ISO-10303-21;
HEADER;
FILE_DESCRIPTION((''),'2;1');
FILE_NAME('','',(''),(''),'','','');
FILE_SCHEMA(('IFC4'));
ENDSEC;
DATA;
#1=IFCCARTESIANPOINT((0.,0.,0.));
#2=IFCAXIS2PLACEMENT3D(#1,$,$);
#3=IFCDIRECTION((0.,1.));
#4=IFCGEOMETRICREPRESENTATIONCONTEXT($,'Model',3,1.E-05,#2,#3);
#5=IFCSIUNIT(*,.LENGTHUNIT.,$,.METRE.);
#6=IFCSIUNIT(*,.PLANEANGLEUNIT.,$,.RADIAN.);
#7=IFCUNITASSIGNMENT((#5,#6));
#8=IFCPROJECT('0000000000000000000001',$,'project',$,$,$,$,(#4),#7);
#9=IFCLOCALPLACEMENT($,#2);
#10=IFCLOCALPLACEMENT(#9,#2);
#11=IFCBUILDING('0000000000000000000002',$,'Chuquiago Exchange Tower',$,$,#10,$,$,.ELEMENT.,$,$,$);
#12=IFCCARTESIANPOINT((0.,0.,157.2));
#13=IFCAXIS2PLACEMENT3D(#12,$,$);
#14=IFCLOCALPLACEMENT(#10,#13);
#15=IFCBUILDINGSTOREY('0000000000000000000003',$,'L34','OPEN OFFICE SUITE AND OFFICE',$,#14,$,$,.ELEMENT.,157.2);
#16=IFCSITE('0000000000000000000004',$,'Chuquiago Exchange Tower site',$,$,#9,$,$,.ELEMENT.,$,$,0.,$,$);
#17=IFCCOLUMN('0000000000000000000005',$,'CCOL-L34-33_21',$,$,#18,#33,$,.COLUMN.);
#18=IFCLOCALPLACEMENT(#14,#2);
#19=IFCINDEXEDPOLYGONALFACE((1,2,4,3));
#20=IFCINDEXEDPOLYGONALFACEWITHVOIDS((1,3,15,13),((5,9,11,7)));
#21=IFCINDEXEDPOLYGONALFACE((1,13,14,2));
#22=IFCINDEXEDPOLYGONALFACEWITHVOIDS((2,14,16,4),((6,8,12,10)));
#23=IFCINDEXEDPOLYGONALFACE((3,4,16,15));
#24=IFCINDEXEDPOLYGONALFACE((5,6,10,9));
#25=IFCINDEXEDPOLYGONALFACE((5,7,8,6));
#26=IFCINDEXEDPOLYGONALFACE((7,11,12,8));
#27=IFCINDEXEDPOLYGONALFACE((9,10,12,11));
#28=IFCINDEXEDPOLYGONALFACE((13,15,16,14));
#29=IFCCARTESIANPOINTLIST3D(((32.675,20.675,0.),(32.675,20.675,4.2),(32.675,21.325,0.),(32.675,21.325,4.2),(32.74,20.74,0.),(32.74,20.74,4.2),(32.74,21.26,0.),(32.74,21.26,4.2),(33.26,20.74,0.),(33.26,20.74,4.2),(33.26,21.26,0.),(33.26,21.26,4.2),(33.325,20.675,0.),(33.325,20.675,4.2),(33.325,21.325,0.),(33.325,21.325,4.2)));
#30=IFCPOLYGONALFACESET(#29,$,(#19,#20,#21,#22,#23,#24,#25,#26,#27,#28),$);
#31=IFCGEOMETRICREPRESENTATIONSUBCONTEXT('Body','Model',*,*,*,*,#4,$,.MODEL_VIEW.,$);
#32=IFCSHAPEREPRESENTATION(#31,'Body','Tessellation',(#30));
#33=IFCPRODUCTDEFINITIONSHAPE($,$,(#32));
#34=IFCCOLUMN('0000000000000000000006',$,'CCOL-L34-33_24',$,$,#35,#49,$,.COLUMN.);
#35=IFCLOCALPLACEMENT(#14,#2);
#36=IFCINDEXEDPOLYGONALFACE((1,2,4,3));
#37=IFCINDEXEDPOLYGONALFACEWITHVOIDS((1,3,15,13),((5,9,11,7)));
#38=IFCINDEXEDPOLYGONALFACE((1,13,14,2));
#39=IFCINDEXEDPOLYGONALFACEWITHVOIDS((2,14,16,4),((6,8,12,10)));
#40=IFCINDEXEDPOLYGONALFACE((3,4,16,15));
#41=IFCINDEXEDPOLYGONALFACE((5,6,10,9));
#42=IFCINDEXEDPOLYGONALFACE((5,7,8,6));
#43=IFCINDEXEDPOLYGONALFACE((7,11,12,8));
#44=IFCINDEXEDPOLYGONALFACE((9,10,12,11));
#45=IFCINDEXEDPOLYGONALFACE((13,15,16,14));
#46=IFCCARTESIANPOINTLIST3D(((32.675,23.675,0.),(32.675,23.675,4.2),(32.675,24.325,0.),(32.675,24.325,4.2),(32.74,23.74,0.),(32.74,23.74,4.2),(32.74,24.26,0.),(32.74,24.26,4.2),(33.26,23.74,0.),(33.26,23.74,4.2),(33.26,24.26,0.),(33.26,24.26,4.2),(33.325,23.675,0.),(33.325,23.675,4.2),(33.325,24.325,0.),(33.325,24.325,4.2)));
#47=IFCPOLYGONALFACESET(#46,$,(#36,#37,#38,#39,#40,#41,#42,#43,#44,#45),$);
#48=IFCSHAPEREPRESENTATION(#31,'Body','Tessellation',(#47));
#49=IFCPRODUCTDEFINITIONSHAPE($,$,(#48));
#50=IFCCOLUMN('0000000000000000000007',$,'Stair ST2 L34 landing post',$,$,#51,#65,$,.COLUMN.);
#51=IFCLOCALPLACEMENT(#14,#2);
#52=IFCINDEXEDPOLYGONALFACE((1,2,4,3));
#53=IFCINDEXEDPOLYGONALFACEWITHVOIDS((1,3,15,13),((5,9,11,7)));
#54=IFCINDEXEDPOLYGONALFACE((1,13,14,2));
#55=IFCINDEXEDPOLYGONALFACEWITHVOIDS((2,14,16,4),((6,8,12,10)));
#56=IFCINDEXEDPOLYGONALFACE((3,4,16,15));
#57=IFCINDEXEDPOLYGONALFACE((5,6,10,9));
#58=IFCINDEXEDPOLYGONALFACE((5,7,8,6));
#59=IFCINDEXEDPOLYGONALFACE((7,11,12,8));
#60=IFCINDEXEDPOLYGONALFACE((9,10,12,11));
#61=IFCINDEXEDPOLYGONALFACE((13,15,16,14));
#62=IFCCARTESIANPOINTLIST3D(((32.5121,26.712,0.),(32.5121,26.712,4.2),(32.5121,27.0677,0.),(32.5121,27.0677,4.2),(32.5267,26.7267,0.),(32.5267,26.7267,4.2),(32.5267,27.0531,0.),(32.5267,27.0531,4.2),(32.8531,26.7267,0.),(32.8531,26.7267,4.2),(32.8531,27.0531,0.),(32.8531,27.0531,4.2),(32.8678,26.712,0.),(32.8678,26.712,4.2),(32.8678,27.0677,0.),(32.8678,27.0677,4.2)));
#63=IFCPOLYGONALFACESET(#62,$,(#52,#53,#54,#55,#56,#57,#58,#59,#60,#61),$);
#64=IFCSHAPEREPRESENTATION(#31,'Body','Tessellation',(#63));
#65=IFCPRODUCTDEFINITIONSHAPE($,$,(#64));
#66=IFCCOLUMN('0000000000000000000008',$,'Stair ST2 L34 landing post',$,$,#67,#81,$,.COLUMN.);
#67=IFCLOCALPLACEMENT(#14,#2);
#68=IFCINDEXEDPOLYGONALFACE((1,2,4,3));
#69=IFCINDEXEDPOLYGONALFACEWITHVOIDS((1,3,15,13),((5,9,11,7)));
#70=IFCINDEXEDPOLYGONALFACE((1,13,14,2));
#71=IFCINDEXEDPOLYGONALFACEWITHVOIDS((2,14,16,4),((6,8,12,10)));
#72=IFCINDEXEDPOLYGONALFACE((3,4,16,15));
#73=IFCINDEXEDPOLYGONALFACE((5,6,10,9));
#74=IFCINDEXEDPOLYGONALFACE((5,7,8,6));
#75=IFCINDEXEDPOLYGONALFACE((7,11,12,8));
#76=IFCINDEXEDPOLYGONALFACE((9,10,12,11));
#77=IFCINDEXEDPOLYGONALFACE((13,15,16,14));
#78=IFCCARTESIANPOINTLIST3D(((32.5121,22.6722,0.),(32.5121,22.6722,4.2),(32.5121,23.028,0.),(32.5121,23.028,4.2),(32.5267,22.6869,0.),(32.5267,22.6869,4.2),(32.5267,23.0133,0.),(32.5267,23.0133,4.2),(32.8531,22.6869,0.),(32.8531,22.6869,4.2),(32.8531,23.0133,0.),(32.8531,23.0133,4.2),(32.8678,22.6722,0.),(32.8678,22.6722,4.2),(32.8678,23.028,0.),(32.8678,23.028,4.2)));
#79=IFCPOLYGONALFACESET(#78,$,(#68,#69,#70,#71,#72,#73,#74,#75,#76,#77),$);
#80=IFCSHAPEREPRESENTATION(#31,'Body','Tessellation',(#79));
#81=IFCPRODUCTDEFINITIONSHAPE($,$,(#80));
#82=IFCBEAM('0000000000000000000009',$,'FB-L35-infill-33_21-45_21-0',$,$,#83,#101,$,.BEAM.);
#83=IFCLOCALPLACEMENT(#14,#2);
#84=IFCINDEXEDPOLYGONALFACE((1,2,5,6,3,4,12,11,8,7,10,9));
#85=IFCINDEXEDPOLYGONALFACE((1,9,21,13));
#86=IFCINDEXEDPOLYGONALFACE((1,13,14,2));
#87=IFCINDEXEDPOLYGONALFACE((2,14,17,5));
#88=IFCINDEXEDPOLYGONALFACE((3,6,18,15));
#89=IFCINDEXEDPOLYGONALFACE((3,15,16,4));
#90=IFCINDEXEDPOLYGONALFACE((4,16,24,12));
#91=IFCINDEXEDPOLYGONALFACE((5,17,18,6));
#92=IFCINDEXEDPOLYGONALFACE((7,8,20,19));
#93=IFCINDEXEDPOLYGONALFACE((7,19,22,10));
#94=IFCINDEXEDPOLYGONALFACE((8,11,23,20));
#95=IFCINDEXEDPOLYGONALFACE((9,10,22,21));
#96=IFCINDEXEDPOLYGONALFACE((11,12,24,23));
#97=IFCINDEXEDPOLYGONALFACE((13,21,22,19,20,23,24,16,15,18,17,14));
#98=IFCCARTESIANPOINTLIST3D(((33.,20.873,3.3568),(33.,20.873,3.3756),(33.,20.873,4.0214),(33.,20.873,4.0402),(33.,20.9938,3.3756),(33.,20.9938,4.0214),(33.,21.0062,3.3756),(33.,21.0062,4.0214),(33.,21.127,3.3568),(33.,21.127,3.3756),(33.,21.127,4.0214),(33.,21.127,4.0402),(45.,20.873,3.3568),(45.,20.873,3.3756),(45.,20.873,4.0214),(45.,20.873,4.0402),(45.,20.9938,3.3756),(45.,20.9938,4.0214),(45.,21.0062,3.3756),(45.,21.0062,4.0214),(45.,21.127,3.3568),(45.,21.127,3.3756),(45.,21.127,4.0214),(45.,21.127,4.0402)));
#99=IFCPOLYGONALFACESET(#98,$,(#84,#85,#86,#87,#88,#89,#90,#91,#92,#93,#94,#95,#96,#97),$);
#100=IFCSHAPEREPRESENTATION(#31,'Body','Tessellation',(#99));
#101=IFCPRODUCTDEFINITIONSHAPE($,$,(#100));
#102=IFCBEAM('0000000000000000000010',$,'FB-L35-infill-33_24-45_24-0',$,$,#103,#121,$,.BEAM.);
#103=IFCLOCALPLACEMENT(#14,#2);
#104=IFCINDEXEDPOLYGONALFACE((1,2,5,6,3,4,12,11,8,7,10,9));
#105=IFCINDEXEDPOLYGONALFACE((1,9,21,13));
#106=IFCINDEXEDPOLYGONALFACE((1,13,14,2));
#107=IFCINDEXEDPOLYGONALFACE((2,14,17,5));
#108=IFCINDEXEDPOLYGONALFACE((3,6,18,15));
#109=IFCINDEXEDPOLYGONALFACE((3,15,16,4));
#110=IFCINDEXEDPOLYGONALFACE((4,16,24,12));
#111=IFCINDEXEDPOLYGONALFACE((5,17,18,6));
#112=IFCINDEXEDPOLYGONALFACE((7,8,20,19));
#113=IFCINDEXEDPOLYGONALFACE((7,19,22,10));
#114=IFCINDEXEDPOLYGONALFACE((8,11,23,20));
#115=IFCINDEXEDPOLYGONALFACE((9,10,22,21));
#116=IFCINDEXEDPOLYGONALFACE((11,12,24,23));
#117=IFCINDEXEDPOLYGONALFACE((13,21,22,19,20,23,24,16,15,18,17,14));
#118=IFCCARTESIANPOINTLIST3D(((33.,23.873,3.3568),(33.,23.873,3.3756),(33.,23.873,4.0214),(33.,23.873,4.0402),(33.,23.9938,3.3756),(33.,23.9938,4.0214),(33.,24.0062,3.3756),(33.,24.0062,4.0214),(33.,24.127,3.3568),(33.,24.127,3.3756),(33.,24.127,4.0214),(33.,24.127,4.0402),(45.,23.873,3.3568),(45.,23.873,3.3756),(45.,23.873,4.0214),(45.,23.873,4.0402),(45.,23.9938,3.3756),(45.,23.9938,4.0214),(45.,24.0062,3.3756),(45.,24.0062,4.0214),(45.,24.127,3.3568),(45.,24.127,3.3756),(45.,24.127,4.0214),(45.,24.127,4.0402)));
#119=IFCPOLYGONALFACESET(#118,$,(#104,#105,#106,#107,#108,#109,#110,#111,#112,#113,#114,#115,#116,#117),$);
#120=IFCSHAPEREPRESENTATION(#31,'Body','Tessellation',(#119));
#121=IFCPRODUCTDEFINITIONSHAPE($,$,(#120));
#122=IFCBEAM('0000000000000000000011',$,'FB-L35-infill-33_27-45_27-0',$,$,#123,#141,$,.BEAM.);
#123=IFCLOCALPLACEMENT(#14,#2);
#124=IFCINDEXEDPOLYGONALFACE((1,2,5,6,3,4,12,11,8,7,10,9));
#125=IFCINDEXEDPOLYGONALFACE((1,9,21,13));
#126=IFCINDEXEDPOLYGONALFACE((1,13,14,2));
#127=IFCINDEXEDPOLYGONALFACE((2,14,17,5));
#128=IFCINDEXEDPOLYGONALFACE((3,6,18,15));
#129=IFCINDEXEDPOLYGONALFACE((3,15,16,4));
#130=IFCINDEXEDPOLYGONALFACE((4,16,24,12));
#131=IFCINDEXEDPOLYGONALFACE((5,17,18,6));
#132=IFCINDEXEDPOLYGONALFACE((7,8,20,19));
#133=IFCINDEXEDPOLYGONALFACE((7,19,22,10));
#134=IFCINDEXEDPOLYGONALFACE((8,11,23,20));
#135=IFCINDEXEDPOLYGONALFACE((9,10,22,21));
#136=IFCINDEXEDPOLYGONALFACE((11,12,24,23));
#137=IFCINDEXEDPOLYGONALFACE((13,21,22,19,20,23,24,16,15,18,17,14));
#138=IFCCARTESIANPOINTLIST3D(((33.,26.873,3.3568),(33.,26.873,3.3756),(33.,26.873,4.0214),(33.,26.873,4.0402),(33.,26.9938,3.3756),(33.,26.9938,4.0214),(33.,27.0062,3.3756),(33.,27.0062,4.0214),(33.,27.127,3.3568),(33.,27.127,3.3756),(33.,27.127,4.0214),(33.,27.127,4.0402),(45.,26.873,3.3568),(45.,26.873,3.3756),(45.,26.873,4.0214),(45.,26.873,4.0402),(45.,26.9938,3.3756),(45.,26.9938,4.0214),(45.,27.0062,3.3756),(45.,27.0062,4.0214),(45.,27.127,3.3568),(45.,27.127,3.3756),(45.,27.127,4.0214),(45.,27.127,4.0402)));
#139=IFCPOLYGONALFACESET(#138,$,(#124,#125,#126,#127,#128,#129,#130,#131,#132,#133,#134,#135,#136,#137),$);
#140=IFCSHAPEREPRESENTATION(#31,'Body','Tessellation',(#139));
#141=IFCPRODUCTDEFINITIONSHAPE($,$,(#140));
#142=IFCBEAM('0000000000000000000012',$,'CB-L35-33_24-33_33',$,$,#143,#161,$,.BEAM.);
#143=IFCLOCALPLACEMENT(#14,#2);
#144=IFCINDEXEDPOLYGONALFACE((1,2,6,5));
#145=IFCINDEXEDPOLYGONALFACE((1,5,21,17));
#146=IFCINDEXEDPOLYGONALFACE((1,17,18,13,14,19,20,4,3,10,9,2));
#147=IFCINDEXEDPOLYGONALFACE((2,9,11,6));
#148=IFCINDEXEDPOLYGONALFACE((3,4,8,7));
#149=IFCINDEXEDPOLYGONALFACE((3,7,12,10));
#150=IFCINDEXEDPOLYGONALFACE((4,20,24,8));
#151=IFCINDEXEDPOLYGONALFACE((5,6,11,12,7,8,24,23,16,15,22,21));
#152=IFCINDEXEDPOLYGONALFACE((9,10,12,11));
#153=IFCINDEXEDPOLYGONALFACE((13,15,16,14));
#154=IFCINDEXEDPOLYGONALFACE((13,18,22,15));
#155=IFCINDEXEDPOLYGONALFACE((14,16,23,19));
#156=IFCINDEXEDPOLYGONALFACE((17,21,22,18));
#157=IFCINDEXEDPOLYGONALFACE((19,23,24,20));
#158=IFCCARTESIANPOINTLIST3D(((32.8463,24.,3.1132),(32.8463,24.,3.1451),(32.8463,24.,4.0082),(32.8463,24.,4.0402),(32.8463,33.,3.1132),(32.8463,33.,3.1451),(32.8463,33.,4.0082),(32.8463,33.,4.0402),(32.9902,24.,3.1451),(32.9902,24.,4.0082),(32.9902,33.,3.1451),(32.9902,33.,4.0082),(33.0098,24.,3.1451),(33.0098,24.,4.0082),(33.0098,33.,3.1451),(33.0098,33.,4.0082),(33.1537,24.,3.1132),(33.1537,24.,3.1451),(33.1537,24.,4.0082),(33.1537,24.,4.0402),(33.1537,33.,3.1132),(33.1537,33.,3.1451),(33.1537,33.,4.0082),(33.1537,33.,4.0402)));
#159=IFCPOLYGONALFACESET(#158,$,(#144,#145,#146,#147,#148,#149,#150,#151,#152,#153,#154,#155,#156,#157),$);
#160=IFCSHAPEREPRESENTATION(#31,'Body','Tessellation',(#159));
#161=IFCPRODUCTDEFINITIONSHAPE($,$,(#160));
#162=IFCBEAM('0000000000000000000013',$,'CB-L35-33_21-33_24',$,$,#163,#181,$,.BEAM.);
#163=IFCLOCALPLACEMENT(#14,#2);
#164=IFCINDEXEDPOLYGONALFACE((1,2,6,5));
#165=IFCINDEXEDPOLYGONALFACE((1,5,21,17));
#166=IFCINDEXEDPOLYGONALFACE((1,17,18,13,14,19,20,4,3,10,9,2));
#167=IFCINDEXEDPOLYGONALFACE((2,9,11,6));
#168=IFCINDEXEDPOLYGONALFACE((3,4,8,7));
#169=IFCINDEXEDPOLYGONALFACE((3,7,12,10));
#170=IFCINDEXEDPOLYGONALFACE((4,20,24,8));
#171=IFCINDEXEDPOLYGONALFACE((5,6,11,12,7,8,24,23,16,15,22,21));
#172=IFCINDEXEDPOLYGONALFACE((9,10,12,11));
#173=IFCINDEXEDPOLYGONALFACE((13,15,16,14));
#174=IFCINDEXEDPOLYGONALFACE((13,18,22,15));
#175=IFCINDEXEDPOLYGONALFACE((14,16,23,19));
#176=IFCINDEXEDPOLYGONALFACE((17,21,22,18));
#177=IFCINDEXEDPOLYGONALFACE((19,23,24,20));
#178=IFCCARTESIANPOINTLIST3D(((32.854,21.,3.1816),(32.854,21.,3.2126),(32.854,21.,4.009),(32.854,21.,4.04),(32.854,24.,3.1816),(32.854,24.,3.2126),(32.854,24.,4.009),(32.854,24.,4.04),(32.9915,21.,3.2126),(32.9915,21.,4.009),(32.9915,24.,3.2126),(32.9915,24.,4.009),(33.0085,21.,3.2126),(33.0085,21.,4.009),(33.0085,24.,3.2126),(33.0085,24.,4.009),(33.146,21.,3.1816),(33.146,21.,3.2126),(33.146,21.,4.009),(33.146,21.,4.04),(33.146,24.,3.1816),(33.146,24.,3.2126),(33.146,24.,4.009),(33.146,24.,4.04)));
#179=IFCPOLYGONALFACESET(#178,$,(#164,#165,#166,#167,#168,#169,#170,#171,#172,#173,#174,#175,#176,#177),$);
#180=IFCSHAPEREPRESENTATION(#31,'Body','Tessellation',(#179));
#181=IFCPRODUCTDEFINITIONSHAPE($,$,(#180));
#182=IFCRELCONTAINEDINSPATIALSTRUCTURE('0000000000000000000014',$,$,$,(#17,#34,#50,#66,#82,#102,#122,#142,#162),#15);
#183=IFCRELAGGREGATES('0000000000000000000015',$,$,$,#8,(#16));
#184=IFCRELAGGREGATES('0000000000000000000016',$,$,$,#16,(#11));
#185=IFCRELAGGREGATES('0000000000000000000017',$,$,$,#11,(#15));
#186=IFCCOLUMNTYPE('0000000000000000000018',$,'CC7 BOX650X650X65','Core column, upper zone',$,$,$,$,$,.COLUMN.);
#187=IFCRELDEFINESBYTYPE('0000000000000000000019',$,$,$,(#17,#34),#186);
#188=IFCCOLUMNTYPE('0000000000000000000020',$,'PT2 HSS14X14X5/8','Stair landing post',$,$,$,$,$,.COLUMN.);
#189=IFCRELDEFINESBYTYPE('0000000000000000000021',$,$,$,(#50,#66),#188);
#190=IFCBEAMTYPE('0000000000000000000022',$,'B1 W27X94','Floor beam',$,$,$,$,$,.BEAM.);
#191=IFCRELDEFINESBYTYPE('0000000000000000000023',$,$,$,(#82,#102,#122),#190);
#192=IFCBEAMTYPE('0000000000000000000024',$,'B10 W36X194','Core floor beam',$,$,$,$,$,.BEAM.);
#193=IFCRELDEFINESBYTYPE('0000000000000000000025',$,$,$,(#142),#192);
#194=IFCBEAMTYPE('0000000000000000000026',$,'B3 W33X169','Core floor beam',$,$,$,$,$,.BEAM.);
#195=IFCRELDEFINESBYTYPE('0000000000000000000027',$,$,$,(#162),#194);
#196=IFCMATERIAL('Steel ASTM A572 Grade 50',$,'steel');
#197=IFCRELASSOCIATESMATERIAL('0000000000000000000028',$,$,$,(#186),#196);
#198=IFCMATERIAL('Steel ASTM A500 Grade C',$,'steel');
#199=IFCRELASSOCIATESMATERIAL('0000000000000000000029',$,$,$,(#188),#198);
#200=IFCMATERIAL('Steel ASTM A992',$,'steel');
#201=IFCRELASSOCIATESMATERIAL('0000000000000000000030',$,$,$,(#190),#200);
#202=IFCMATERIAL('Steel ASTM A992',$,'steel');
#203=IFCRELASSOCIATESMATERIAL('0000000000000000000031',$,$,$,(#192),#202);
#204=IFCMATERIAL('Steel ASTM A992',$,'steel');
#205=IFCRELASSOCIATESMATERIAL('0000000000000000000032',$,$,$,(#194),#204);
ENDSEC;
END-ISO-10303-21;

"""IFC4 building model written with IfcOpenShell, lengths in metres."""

from ifc_helpers import new_model, si_unit, direction, frame, origin, origin_2d, place, context, subcontext, project, spatial, hollow_rectangle, i_section, extrude, material, material_profile, profile_set, type_object, element, save


model = new_model("IFC4")

# Units and contexts
model_context = context("Model", 3, precision=1e-05, world=origin(), true_north=direction((0.0, 1.0)))
body_context = subcontext(model_context, "Body", "Model", "MODEL_VIEW")
ifc_project = project(units=[si_unit("LENGTHUNIT", "METRE"), si_unit("PLANEANGLEUNIT", "RADIAN")], contexts=[model_context])

# Site, building, storey
site_placement = place(None, origin())
site = spatial("IfcSite", under=ifc_project, at=site_placement, Name="Chuquiago Exchange Tower site", CompositionType="ELEMENT", RefElevation=0.0)
building_placement = place(site_placement, origin())
building = spatial("IfcBuilding", under=site, at=building_placement, Name="Chuquiago Exchange Tower", CompositionType="ELEMENT")
storey_placement = place(building_placement, frame((0.0, 0.0, 157.2)))
storey = spatial("IfcBuildingStorey", under=building, at=storey_placement, Name="L34", Description="OPEN OFFICE SUITE AND OFFICE", CompositionType="ELEMENT", Elevation=157.2)

# Columns
ifc_material_1 = material(Name="Steel ASTM A572 Grade 50", Category="steel")
ifc_material_profile_1 = material_profile(ifc_material_1, hollow_rectangle(XDim=0.6499, YDim=0.6499, WallThickness=0.0649, at=origin_2d()), Name="BOX650X650X65")
ifc_profile_set_1 = profile_set([ifc_material_profile_1], Name="Steel ASTM A572 Grade 50")
column_type_1 = type_object("IfcColumnType", Name="CC7 BOX650X650X65", Description="Core column, upper zone", PredefinedType="COLUMN", material=ifc_profile_set_1)
for number, where, z_axis, x_axis, name in (
    (1, (33.0, 21.0, 0.0), (0.0, 0.0, 1.0), (1.0, 0.0, 0.0), "CCOL-L34-33_21"),
    (2, (33.0, 24.0, 0.0), (0.0, 0.0, 1.0), (1.0, 0.0, 0.0), "CCOL-L34-33_24"),
):
    element("IfcColumn", number, at=place(storey_placement, frame(where, z_axis=z_axis, x_axis=x_axis)), inside=storey, type_object=column_type_1, Name=name, PredefinedType="COLUMN", context=body_context, shape_type="SweptSolid", body=[
        extrude(hollow_rectangle(XDim=0.6499, YDim=0.6499, WallThickness=0.0649, at=origin_2d()), origin(), (0.0, 0.0, 1.0), 4.2),
    ])
ifc_material_2 = material(Name="Steel ASTM A500 Grade C", Category="steel")
ifc_material_profile_2 = material_profile(ifc_material_2, hollow_rectangle(XDim=0.3557, YDim=0.3557, WallThickness=0.0146, at=origin_2d()), Name="HSS14X14X5/8")
ifc_profile_set_2 = profile_set([ifc_material_profile_2], Name="Steel ASTM A500 Grade C")
column_type_2 = type_object("IfcColumnType", Name="PT2 HSS14X14X5/8", Description="Stair landing post", PredefinedType="COLUMN", material=ifc_profile_set_2)
for number, where, z_axis, x_axis, name in (
    (3, (32.6899, 26.8899, 0.0), (0.0, 0.0, 1.0), (1.0, 0.0, 0.0), "Stair ST2 L34 landing post"),
    (4, (32.6899, 22.8501, 0.0), (0.0, 0.0, 1.0), (1.0, 0.0, 0.0), "Stair ST2 L34 landing post"),
):
    element("IfcColumn", number, at=place(storey_placement, frame(where, z_axis=z_axis, x_axis=x_axis)), inside=storey, type_object=column_type_2, Name=name, PredefinedType="COLUMN", context=body_context, shape_type="SweptSolid", body=[
        extrude(hollow_rectangle(XDim=0.3557, YDim=0.3557, WallThickness=0.0146, at=origin_2d()), origin(), (0.0, 0.0, 1.0), 4.2),
    ])

# Beams
ifc_material_3 = material(Name="Steel ASTM A992", Category="steel")
ifc_material_profile_3 = material_profile(ifc_material_3, i_section(OverallWidth=0.2539, OverallDepth=0.6833, WebThickness=0.0125, FlangeThickness=0.0188, at=origin_2d()), Name="W27X94")
ifc_profile_set_3 = profile_set([ifc_material_profile_3], Name="Steel ASTM A992")
beam_type_1 = type_object("IfcBeamType", Name="B1 W27X94", Description="Floor beam", PredefinedType="BEAM", material=ifc_profile_set_3)
for number, where, z_axis, x_axis, name in (
    (5, (33.0, 21.0, 3.6985), (1.0, 0.0, 0.0), (0.0, 1.0, 0.0), "FB-L35-infill-33_21-45_21-0"),
    (6, (33.0, 24.0, 3.6985), (1.0, 0.0, 0.0), (0.0, 1.0, 0.0), "FB-L35-infill-33_24-45_24-0"),
    (7, (33.0, 27.0, 3.6985), (1.0, 0.0, 0.0), (0.0, 1.0, 0.0), "FB-L35-infill-33_27-45_27-0"),
):
    element("IfcBeam", number, at=place(storey_placement, frame(where, z_axis=z_axis, x_axis=x_axis)), inside=storey, type_object=beam_type_1, Name=name, PredefinedType="BEAM", context=body_context, shape_type="SweptSolid", body=[
        extrude(i_section(OverallWidth=0.2539, OverallDepth=0.6833, WebThickness=0.0125, FlangeThickness=0.0188, at=origin_2d()), origin(), (0.0, 0.0, 1.0), 12.0),
    ])
ifc_material_4 = material(Name="Steel ASTM A992", Category="steel")
ifc_material_profile_4 = material_profile(ifc_material_4, i_section(OverallWidth=0.3074, OverallDepth=0.927, WebThickness=0.0195, FlangeThickness=0.032, at=origin_2d()), Name="W36X194")
ifc_profile_set_4 = profile_set([ifc_material_profile_4], Name="Steel ASTM A992")
beam_type_2 = type_object("IfcBeamType", Name="B10 W36X194", Description="Core floor beam", PredefinedType="BEAM", material=ifc_profile_set_4)
beam_1_placement = place(storey_placement, frame((33.0, 24.0, 3.5767), z_axis=(0.0, 1.0, 0.0), x_axis=(-1.0, 0.0, 0.0)))
element("IfcBeam", 8, at=beam_1_placement, inside=storey, type_object=beam_type_2, Name="CB-L35-33_24-33_33", PredefinedType="BEAM", context=body_context, shape_type="SweptSolid", body=[
    extrude(i_section(OverallWidth=0.3074, OverallDepth=0.927, WebThickness=0.0195, FlangeThickness=0.032, at=origin_2d()), origin(), (0.0, 0.0, 1.0), 9.0),
])
ifc_material_5 = material(Name="Steel ASTM A992", Category="steel")
ifc_material_profile_5 = material_profile(ifc_material_5, i_section(OverallWidth=0.292, OverallDepth=0.8584, WebThickness=0.0171, FlangeThickness=0.031, at=origin_2d()), Name="W33X169")
ifc_profile_set_5 = profile_set([ifc_material_profile_5], Name="Steel ASTM A992")
beam_type_3 = type_object("IfcBeamType", Name="B3 W33X169", Description="Core floor beam", PredefinedType="BEAM", material=ifc_profile_set_5)
beam_2_placement = place(storey_placement, frame((33.0, 21.0, 3.6108), z_axis=(0.0, 1.0, 0.0), x_axis=(-1.0, 0.0, 0.0)))
element("IfcBeam", 9, at=beam_2_placement, inside=storey, type_object=beam_type_3, Name="CB-L35-33_21-33_24", PredefinedType="BEAM", context=body_context, shape_type="SweptSolid", body=[
    extrude(i_section(OverallWidth=0.292, OverallDepth=0.8584, WebThickness=0.0171, FlangeThickness=0.031, at=origin_2d()), origin(), (0.0, 0.0, 1.0), 3.0),
])

save(model, "model.ifc")
